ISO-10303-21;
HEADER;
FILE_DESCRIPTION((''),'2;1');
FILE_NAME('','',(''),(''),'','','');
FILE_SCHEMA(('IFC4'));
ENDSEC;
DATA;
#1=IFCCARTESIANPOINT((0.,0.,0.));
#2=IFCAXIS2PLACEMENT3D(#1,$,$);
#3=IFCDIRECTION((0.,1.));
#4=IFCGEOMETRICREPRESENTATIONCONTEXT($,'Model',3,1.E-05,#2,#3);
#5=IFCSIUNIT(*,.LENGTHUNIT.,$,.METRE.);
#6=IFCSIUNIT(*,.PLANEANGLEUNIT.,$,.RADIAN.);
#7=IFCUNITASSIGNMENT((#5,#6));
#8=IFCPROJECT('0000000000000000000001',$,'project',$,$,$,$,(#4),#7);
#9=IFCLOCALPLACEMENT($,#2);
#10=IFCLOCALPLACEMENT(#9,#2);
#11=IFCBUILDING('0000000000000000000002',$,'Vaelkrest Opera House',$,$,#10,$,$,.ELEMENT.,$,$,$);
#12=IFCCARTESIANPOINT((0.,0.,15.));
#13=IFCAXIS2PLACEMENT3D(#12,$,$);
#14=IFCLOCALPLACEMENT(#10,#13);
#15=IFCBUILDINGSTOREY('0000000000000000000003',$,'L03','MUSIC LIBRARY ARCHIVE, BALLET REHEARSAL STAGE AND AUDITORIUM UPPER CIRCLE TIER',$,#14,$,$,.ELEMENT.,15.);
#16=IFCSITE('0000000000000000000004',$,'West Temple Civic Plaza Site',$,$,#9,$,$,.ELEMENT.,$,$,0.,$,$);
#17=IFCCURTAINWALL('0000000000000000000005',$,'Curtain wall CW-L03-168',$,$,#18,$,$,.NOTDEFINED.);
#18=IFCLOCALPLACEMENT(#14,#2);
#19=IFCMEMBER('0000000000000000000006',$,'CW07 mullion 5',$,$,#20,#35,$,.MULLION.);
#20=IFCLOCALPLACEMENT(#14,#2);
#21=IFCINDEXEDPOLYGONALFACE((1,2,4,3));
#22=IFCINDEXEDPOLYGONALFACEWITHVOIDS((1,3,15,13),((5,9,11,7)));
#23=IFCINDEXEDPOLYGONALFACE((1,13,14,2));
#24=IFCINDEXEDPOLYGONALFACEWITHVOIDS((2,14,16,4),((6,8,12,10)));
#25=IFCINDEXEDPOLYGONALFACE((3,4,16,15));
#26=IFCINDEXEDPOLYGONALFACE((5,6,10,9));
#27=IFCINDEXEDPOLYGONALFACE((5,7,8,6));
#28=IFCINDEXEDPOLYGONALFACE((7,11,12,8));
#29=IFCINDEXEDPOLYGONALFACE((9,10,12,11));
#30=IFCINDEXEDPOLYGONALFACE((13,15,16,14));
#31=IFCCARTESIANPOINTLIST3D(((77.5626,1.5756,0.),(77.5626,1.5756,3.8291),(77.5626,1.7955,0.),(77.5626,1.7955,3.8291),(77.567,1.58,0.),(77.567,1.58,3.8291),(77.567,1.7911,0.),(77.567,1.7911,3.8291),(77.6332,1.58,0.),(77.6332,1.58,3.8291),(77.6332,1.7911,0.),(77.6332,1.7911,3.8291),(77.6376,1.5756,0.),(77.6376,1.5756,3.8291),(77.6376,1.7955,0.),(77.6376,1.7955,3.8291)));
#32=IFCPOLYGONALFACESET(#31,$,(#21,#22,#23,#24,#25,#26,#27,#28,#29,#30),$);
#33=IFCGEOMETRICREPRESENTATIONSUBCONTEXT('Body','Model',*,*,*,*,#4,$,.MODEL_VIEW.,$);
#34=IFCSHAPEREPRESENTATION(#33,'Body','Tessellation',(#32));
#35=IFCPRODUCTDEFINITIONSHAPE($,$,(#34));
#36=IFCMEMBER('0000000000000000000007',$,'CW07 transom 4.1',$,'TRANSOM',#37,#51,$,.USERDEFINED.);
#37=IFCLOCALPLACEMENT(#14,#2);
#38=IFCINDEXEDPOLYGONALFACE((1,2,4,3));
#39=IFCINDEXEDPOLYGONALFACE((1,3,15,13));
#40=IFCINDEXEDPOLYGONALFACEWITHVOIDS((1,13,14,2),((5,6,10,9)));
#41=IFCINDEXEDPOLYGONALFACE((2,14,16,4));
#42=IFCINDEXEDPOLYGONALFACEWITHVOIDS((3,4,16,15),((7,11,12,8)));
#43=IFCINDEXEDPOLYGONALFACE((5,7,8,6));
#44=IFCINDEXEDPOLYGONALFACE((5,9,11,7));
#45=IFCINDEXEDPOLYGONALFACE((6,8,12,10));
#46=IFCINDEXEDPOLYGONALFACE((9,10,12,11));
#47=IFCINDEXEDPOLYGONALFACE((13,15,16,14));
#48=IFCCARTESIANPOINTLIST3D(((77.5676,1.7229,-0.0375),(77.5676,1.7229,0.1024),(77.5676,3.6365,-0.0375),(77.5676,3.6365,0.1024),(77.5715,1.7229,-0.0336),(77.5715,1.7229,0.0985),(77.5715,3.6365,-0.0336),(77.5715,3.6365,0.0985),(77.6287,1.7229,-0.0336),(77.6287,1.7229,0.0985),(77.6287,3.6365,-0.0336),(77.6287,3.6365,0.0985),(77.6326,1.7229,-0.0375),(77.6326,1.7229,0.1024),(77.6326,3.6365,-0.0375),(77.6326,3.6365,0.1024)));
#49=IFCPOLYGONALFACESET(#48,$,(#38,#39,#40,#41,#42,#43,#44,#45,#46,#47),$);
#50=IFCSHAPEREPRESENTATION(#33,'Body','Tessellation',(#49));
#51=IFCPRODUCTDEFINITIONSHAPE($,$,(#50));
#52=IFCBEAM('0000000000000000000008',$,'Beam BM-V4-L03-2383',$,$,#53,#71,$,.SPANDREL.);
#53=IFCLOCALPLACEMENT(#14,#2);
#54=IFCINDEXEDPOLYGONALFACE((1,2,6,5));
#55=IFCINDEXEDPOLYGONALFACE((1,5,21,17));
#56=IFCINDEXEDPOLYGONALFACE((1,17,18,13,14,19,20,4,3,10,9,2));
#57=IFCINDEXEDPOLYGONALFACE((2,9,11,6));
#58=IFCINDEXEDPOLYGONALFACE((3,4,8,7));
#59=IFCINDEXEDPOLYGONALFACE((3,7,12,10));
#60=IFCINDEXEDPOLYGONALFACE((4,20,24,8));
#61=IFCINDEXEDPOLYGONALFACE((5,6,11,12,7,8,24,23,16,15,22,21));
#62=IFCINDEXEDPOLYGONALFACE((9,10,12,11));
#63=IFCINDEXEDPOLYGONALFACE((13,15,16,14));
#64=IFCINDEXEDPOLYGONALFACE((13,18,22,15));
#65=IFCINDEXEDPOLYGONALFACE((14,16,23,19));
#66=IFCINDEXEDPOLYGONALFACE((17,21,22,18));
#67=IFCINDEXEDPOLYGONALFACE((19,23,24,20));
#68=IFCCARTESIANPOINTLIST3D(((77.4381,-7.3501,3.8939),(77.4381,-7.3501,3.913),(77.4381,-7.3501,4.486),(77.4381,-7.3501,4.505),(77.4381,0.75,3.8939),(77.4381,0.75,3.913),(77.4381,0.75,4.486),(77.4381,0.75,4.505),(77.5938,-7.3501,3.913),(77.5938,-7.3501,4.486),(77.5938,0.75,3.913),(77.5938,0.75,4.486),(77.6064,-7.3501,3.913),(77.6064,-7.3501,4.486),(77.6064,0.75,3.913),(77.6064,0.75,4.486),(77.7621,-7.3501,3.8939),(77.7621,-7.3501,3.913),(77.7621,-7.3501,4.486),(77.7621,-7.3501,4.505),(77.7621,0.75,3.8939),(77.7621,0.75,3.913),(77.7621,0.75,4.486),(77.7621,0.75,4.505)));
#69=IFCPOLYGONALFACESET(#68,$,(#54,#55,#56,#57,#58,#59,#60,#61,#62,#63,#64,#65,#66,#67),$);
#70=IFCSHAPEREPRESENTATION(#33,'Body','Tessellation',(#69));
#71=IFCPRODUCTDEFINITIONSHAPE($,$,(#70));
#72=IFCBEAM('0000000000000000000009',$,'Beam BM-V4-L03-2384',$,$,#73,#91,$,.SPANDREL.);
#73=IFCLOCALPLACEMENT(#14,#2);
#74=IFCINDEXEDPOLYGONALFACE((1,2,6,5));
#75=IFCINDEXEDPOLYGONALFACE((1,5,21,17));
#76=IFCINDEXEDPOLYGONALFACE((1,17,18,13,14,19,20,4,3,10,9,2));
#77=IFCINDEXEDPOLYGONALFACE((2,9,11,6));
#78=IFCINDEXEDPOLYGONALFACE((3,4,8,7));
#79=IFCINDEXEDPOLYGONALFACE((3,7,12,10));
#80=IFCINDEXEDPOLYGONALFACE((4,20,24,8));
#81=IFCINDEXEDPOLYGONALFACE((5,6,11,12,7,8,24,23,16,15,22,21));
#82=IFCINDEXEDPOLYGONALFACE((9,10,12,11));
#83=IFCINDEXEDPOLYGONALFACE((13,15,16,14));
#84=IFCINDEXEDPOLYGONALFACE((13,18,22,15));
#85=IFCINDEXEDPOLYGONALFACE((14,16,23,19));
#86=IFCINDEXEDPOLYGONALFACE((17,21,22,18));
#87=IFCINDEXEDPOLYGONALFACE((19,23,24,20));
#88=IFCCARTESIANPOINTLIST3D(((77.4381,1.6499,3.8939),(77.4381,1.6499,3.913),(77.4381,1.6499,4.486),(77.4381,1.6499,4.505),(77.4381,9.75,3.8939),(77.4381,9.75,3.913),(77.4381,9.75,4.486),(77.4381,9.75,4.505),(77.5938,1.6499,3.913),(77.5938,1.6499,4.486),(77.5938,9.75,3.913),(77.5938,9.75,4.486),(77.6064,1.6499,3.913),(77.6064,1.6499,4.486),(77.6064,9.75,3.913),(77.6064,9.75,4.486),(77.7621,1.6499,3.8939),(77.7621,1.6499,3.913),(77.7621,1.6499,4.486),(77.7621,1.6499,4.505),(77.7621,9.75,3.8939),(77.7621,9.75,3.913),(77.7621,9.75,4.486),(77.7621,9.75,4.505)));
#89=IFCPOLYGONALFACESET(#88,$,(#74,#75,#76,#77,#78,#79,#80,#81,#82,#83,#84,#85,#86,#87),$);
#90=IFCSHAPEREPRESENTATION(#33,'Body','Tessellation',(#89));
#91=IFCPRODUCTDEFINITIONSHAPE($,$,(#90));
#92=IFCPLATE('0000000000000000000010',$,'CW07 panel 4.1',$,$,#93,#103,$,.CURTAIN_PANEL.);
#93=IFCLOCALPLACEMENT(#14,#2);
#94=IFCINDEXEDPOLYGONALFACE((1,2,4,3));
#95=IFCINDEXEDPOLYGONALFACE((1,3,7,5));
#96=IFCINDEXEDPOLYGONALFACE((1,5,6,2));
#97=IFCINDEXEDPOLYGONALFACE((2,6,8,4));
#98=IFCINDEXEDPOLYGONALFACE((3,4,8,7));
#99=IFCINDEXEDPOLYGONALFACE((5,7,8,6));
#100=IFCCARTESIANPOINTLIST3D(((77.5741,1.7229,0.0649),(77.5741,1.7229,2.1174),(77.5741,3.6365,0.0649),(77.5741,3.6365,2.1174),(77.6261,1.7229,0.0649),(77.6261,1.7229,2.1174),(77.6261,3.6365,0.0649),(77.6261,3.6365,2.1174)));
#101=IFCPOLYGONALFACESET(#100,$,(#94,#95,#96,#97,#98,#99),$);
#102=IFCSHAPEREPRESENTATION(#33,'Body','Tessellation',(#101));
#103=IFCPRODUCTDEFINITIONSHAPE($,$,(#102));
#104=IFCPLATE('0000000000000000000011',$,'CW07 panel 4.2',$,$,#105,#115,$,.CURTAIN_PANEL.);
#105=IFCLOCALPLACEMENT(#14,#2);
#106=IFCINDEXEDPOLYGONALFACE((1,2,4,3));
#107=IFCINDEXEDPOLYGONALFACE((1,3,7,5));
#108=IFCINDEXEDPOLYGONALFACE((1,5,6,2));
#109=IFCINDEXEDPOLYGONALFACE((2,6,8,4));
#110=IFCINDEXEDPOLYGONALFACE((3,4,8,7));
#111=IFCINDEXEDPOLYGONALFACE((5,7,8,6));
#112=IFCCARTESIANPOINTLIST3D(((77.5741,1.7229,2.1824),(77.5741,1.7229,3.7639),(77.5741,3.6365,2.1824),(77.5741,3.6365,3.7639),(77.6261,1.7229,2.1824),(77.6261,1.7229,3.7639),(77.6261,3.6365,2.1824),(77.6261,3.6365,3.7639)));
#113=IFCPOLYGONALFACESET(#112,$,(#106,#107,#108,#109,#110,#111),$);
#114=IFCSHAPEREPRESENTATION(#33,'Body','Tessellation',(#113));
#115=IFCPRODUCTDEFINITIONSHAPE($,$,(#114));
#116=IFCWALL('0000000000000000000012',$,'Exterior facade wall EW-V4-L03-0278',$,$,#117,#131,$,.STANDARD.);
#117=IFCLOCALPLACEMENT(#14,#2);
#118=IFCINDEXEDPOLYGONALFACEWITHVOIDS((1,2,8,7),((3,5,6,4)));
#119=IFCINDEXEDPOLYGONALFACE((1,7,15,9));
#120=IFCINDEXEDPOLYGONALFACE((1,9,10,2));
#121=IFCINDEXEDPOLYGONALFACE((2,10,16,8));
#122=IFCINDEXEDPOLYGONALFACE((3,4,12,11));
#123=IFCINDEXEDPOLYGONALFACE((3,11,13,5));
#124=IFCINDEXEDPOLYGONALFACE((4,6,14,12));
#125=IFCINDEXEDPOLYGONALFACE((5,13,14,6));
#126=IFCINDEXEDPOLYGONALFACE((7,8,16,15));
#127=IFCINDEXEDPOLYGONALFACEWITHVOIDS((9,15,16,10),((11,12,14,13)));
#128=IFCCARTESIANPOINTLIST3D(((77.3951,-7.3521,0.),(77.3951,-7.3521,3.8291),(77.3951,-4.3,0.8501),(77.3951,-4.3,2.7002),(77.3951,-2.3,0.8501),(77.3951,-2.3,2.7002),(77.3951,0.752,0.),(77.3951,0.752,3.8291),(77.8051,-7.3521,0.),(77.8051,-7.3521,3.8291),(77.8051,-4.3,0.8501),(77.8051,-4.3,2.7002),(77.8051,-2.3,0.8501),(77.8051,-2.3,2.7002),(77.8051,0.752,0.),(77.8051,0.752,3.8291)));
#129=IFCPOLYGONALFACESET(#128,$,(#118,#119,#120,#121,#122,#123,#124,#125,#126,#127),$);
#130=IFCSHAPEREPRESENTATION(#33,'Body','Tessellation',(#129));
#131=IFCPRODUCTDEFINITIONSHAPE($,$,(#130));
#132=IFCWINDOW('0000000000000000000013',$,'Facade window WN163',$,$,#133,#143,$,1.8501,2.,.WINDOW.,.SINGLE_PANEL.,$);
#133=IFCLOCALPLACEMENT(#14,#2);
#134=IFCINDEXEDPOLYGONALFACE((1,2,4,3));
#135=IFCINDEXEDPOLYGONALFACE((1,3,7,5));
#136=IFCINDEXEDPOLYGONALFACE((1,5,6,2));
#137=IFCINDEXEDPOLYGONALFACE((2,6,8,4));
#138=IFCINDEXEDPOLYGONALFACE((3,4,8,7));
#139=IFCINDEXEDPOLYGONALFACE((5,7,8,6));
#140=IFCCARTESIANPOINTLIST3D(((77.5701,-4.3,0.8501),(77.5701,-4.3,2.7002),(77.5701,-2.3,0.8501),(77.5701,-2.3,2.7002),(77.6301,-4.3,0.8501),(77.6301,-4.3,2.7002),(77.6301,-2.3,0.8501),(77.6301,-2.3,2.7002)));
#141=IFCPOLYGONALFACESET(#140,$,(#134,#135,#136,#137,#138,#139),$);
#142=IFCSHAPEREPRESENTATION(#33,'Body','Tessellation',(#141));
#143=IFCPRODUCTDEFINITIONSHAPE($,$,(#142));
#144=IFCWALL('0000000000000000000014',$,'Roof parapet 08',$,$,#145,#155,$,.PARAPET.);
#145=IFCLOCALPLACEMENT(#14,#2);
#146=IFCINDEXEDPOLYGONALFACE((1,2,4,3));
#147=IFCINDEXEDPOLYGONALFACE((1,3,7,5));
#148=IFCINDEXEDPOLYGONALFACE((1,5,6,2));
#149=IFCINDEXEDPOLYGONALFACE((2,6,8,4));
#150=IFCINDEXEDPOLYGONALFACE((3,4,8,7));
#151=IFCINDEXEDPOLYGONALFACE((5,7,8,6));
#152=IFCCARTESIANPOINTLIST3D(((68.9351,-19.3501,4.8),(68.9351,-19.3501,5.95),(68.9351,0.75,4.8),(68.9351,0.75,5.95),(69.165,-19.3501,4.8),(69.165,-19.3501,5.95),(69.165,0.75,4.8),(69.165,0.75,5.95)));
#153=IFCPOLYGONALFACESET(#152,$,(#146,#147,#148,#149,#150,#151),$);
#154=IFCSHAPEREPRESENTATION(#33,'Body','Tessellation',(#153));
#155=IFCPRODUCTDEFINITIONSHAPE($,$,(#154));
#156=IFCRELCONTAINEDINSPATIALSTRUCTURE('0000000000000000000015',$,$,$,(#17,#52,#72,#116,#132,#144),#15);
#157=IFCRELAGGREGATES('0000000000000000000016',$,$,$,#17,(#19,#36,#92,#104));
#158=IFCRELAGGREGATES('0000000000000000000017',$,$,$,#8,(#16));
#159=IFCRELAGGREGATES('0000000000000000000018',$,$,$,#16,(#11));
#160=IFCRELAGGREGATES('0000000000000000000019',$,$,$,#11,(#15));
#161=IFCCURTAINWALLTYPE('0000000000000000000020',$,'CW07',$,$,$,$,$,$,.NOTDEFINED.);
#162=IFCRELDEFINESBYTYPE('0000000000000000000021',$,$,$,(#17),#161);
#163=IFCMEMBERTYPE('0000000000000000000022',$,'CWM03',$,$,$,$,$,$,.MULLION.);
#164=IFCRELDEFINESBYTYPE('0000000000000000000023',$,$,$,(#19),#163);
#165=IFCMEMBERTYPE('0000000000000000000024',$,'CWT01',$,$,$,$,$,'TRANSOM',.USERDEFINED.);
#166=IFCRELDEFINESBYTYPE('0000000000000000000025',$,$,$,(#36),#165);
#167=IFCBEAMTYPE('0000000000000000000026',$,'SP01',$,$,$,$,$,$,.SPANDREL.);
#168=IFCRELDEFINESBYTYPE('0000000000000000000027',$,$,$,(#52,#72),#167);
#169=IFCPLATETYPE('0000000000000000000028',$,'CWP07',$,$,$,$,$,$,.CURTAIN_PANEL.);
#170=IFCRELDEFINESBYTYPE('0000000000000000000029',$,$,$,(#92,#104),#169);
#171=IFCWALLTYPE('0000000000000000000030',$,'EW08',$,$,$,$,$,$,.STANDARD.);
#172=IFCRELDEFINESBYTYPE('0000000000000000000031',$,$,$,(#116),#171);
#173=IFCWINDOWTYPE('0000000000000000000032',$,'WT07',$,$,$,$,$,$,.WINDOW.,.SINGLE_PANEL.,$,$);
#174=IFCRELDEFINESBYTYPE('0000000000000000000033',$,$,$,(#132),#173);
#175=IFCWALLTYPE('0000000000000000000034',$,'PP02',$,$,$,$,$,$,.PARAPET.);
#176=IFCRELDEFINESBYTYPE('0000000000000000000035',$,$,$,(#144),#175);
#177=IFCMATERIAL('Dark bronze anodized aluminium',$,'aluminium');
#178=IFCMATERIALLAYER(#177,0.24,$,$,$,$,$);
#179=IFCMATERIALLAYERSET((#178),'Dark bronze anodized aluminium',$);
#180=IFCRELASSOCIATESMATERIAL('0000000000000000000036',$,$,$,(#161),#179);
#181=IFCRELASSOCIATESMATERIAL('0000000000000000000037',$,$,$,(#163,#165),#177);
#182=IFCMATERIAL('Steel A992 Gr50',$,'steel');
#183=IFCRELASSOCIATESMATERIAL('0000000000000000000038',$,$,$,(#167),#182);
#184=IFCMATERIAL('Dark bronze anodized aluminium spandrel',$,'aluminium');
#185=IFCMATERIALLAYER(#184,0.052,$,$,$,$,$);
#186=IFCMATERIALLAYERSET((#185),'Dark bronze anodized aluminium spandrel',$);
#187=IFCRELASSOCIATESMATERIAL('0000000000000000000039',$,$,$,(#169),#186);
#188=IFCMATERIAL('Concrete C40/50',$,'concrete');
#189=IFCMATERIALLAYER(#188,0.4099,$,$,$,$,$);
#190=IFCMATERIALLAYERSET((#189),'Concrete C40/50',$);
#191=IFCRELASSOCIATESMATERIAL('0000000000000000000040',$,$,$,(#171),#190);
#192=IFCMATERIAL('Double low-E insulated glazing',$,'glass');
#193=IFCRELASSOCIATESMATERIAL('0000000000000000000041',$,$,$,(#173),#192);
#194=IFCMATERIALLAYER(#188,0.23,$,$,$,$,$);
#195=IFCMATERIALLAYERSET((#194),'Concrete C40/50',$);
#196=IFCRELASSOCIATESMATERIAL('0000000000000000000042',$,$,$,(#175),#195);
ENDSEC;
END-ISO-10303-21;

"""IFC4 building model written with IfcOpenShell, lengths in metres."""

from ifc_helpers import new_model, si_unit, direction, frame, frame_2d, origin, origin_2d, place, context, subcontext, project, spatial, rectangle, hollow_rectangle, i_section, extrude, material, layer, layer_set, material_profile, profile_set, type_object, element, fill, aggregate, save


model = new_model("IFC4")

# Units and contexts
model_context = context("Model", 3, precision=1e-05, world=origin(), true_north=direction((0.0, 1.0)))
body_context = subcontext(model_context, "Body", "Model", "MODEL_VIEW")
ifc_project = project(units=[si_unit("LENGTHUNIT", "METRE"), si_unit("PLANEANGLEUNIT", "RADIAN")], contexts=[model_context])

# Site, building, storey
site_placement = place(None, origin())
site = spatial("IfcSite", under=ifc_project, at=site_placement, Name="West Temple Civic Plaza Site", CompositionType="ELEMENT", RefElevation=0.0)
building_placement = place(site_placement, origin())
building = spatial("IfcBuilding", under=site, at=building_placement, Name="Vaelkrest Opera House", CompositionType="ELEMENT")
storey_placement = place(building_placement, frame((0.0, 0.0, 15.0)))
storey = spatial("IfcBuildingStorey", under=building, at=storey_placement, Name="L03", Description="MUSIC LIBRARY ARCHIVE, BALLET REHEARSAL STAGE AND AUDITORIUM UPPER CIRCLE TIER", CompositionType="ELEMENT", Elevation=15.0)

# Shared definitions
ifc_material_1 = material(Name="Steel A992 Gr50", Category="steel")

# Curtain wall, members
ifc_material_2 = material(Name="Dark bronze anodized aluminium", Category="aluminium")
ifc_layer_1 = layer(ifc_material_2, 0.24)
ifc_layer_set_1 = layer_set([ifc_layer_1], Name="Dark bronze anodized aluminium")
curtain_wall_type = type_object("IfcCurtainWallType", Name="CW07", PredefinedType="NOTDEFINED", material=ifc_layer_set_1)
curtain_wall_placement = place(storey_placement, origin())
curtain_wall = element("IfcCurtainWall", 1, at=curtain_wall_placement, inside=storey, type_object=curtain_wall_type, Name="Curtain wall CW-L03-168", PredefinedType="NOTDEFINED")
ifc_material_profile_1 = material_profile(ifc_material_2, hollow_rectangle(XDim=0.075, YDim=0.22, WallThickness=0.0044, at=origin_2d()), Name="CWM75X220")
ifc_profile_set_1 = profile_set([ifc_material_profile_1], Name="Dark bronze anodized aluminium")
member_type_1 = type_object("IfcMemberType", Name="CWM03", PredefinedType="MULLION", material=ifc_profile_set_1)
member_1_placement = place(storey_placement, frame((77.6001, 1.6855, 0.0), z_axis=(0.0, 0.0, 1.0), x_axis=(1.0, 0.0, 0.0)))
member_1 = element("IfcMember", 2, at=member_1_placement, type_object=member_type_1, Name="CW07 mullion 5", PredefinedType="MULLION", context=body_context, shape_type="SweptSolid", body=[
    extrude(hollow_rectangle(XDim=0.075, YDim=0.22, WallThickness=0.0044, at=origin_2d()), origin(), (0.0, 0.0, 1.0), 3.8291),
])
ifc_material_profile_2 = material_profile(ifc_material_2, hollow_rectangle(XDim=0.0649, YDim=0.1399, WallThickness=0.0039, at=origin_2d()), Name="CWT65X140")
ifc_profile_set_2 = profile_set([ifc_material_profile_2], Name="Dark bronze anodized aluminium")
member_type_2 = type_object("IfcMemberType", Name="CWT01", ElementType="TRANSOM", PredefinedType="USERDEFINED", material=ifc_profile_set_2)
member_2_placement = place(storey_placement, frame((77.6001, 3.6365, 0.0325), z_axis=(0.0, -1.0, 0.0), x_axis=(1.0, 0.0, 0.0)))
member_2 = element("IfcMember", 3, at=member_2_placement, type_object=member_type_2, Name="CW07 transom 4.1", ObjectType="TRANSOM", PredefinedType="USERDEFINED", context=body_context, shape_type="SweptSolid", body=[
    extrude(hollow_rectangle(XDim=0.0649, YDim=0.1399, WallThickness=0.0039, at=origin_2d()), origin(), (0.0, 0.0, 1.0), 1.9136),
])

# Beams
ifc_material_profile_3 = material_profile(ifc_material_1, i_section(OverallWidth=0.324, OverallDepth=0.6111, WebThickness=0.0127, FlangeThickness=0.019, at=origin_2d()), Name="W24X104")
ifc_profile_set_3 = profile_set([ifc_material_profile_3], Name="Steel A992 Gr50")
beam_type_1 = type_object("IfcBeamType", Name="SP01", PredefinedType="SPANDREL", material=ifc_profile_set_3)
for number, where, z_axis, x_axis, name in (
    (4, (77.6001, -7.3501, 4.1995), (0.0, 1.0, 0.0), (-1.0, 0.0, 0.0), "Beam BM-V4-L03-2383"),
    (5, (77.6001, 1.6499, 4.1995), (0.0, 1.0, 0.0), (-1.0, 0.0, 0.0), "Beam BM-V4-L03-2384"),
):
    element("IfcBeam", number, at=place(storey_placement, frame(where, z_axis=z_axis, x_axis=x_axis)), inside=storey, type_object=beam_type_1, Name=name, PredefinedType="SPANDREL", context=body_context, shape_type="SweptSolid", body=[
        extrude(i_section(OverallWidth=0.324, OverallDepth=0.6111, WebThickness=0.0127, FlangeThickness=0.019, at=origin_2d()), origin(), (0.0, 0.0, 1.0), 8.1001),
    ])

# Plates
ifc_material_3 = material(Name="Dark bronze anodized aluminium spandrel", Category="aluminium")
ifc_layer_2 = layer(ifc_material_3, 0.052)
ifc_layer_set_2 = layer_set([ifc_layer_2], Name="Dark bronze anodized aluminium spandrel")
plate_type = type_object("IfcPlateType", Name="CWP07", PredefinedType="CURTAIN_PANEL", material=ifc_layer_set_2)
plate_1_placement = place(storey_placement, frame((77.6001, 2.6797, 0.0649), z_axis=(0.0, 0.0, 1.0), x_axis=(0.0, -1.0, 0.0)))
plate_1 = element("IfcPlate", 6, at=plate_1_placement, type_object=plate_type, Name="CW07 panel 4.1", PredefinedType="CURTAIN_PANEL", context=body_context, shape_type="SweptSolid", body=[
    extrude(rectangle(XDim=1.9136, YDim=0.052, at=origin_2d()), origin(), (0.0, 0.0, 1.0), 2.0525),
])
plate_2_placement = place(storey_placement, frame((77.6001, 2.6797, 2.1824), z_axis=(0.0, 0.0, 1.0), x_axis=(0.0, -1.0, 0.0)))
plate_2 = element("IfcPlate", 7, at=plate_2_placement, type_object=plate_type, Name="CW07 panel 4.2", PredefinedType="CURTAIN_PANEL", context=body_context, shape_type="SweptSolid", body=[
    extrude(rectangle(XDim=1.9136, YDim=0.052, at=origin_2d()), origin(), (0.0, 0.0, 1.0), 1.5815),
])
aggregate(curtain_wall, [member_1, member_2, plate_1, plate_2])

# Wall, opening, window
ifc_material_4 = material(Name="Concrete C40/50", Category="concrete")
ifc_layer_3 = layer(ifc_material_4, 0.4099)
ifc_layer_set_3 = layer_set([ifc_layer_3], Name="Concrete C40/50")
wall_type_1 = type_object("IfcWallType", Name="EW08", PredefinedType="STANDARD", material=ifc_layer_set_3)
wall_1_placement = place(storey_placement, frame((77.6001, 0.752, 0.0), z_axis=(0.0, 0.0, 1.0), x_axis=(0.0, -1.0, 0.0)))
wall_1 = element("IfcWall", 8, at=wall_1_placement, inside=storey, type_object=wall_type_1, Name="Exterior facade wall EW-V4-L03-0278", PredefinedType="STANDARD", context=body_context, shape_type="SweptSolid", body=[
    extrude(rectangle(XDim=8.104, YDim=0.4099, at=frame_2d((4.052, 0.0))), origin(), (0.0, 0.0, 1.0), 3.8291),
])
opening_1_placement = place(wall_1_placement, frame((3.052, 0.0, 0.8501)))
opening_1 = element("IfcOpeningElement", 9, at=opening_1_placement, cuts=wall_1, PredefinedType="OPENING", context=body_context, shape_type="SweptSolid", body=[
    extrude(rectangle(XDim=2.0, YDim=1.8501, at=frame_2d((1.0, 0.925))), frame((0.0, 0.2148, 0.0), z_axis=(0.0, -1.0, 0.0), x_axis=(1.0, 0.0, 0.0)), (0.0, 0.0, 1.0), 0.4299),
])
ifc_material_5 = material(Name="Double low-E insulated glazing", Category="glass")
window_type = type_object("IfcWindowType", Name="WT07", PartitioningType="SINGLE_PANEL", PredefinedType="WINDOW", material=ifc_material_5)
window_placement = place(opening_1_placement, origin())
window = element("IfcWindow", 10, at=window_placement, inside=storey, type_object=window_type, Name="Facade window WN163", OverallHeight=1.8501, OverallWidth=2.0, PartitioningType="SINGLE_PANEL", PredefinedType="WINDOW", context=body_context, shape_type="SweptSolid", body=[
    extrude(rectangle(XDim=2.0, YDim=1.8501, at=frame_2d((1.0, 0.925))), frame((0.0, 0.03, 0.0), z_axis=(0.0, -1.0, 0.0), x_axis=(1.0, 0.0, 0.0)), (0.0, 0.0, 1.0), 0.0601),
])
fill(opening_1, window)

# Wall
ifc_layer_4 = layer(ifc_material_4, 0.23)
ifc_layer_set_4 = layer_set([ifc_layer_4], Name="Concrete C40/50")
wall_type_2 = type_object("IfcWallType", Name="PP02", PredefinedType="PARAPET", material=ifc_layer_set_4)
wall_2_placement = place(storey_placement, frame((69.05, 0.75, 4.8), z_axis=(0.0, 0.0, 1.0), x_axis=(0.0, -1.0, 0.0)))
element("IfcWall", 11, at=wall_2_placement, inside=storey, type_object=wall_type_2, Name="Roof parapet 08", PredefinedType="PARAPET", context=body_context, shape_type="SweptSolid", body=[
    extrude(rectangle(XDim=20.1001, YDim=0.23, at=frame_2d((10.05, 0.0))), origin(), (0.0, 0.0, 1.0), 1.1499),
])

save(model, "model.ifc")
